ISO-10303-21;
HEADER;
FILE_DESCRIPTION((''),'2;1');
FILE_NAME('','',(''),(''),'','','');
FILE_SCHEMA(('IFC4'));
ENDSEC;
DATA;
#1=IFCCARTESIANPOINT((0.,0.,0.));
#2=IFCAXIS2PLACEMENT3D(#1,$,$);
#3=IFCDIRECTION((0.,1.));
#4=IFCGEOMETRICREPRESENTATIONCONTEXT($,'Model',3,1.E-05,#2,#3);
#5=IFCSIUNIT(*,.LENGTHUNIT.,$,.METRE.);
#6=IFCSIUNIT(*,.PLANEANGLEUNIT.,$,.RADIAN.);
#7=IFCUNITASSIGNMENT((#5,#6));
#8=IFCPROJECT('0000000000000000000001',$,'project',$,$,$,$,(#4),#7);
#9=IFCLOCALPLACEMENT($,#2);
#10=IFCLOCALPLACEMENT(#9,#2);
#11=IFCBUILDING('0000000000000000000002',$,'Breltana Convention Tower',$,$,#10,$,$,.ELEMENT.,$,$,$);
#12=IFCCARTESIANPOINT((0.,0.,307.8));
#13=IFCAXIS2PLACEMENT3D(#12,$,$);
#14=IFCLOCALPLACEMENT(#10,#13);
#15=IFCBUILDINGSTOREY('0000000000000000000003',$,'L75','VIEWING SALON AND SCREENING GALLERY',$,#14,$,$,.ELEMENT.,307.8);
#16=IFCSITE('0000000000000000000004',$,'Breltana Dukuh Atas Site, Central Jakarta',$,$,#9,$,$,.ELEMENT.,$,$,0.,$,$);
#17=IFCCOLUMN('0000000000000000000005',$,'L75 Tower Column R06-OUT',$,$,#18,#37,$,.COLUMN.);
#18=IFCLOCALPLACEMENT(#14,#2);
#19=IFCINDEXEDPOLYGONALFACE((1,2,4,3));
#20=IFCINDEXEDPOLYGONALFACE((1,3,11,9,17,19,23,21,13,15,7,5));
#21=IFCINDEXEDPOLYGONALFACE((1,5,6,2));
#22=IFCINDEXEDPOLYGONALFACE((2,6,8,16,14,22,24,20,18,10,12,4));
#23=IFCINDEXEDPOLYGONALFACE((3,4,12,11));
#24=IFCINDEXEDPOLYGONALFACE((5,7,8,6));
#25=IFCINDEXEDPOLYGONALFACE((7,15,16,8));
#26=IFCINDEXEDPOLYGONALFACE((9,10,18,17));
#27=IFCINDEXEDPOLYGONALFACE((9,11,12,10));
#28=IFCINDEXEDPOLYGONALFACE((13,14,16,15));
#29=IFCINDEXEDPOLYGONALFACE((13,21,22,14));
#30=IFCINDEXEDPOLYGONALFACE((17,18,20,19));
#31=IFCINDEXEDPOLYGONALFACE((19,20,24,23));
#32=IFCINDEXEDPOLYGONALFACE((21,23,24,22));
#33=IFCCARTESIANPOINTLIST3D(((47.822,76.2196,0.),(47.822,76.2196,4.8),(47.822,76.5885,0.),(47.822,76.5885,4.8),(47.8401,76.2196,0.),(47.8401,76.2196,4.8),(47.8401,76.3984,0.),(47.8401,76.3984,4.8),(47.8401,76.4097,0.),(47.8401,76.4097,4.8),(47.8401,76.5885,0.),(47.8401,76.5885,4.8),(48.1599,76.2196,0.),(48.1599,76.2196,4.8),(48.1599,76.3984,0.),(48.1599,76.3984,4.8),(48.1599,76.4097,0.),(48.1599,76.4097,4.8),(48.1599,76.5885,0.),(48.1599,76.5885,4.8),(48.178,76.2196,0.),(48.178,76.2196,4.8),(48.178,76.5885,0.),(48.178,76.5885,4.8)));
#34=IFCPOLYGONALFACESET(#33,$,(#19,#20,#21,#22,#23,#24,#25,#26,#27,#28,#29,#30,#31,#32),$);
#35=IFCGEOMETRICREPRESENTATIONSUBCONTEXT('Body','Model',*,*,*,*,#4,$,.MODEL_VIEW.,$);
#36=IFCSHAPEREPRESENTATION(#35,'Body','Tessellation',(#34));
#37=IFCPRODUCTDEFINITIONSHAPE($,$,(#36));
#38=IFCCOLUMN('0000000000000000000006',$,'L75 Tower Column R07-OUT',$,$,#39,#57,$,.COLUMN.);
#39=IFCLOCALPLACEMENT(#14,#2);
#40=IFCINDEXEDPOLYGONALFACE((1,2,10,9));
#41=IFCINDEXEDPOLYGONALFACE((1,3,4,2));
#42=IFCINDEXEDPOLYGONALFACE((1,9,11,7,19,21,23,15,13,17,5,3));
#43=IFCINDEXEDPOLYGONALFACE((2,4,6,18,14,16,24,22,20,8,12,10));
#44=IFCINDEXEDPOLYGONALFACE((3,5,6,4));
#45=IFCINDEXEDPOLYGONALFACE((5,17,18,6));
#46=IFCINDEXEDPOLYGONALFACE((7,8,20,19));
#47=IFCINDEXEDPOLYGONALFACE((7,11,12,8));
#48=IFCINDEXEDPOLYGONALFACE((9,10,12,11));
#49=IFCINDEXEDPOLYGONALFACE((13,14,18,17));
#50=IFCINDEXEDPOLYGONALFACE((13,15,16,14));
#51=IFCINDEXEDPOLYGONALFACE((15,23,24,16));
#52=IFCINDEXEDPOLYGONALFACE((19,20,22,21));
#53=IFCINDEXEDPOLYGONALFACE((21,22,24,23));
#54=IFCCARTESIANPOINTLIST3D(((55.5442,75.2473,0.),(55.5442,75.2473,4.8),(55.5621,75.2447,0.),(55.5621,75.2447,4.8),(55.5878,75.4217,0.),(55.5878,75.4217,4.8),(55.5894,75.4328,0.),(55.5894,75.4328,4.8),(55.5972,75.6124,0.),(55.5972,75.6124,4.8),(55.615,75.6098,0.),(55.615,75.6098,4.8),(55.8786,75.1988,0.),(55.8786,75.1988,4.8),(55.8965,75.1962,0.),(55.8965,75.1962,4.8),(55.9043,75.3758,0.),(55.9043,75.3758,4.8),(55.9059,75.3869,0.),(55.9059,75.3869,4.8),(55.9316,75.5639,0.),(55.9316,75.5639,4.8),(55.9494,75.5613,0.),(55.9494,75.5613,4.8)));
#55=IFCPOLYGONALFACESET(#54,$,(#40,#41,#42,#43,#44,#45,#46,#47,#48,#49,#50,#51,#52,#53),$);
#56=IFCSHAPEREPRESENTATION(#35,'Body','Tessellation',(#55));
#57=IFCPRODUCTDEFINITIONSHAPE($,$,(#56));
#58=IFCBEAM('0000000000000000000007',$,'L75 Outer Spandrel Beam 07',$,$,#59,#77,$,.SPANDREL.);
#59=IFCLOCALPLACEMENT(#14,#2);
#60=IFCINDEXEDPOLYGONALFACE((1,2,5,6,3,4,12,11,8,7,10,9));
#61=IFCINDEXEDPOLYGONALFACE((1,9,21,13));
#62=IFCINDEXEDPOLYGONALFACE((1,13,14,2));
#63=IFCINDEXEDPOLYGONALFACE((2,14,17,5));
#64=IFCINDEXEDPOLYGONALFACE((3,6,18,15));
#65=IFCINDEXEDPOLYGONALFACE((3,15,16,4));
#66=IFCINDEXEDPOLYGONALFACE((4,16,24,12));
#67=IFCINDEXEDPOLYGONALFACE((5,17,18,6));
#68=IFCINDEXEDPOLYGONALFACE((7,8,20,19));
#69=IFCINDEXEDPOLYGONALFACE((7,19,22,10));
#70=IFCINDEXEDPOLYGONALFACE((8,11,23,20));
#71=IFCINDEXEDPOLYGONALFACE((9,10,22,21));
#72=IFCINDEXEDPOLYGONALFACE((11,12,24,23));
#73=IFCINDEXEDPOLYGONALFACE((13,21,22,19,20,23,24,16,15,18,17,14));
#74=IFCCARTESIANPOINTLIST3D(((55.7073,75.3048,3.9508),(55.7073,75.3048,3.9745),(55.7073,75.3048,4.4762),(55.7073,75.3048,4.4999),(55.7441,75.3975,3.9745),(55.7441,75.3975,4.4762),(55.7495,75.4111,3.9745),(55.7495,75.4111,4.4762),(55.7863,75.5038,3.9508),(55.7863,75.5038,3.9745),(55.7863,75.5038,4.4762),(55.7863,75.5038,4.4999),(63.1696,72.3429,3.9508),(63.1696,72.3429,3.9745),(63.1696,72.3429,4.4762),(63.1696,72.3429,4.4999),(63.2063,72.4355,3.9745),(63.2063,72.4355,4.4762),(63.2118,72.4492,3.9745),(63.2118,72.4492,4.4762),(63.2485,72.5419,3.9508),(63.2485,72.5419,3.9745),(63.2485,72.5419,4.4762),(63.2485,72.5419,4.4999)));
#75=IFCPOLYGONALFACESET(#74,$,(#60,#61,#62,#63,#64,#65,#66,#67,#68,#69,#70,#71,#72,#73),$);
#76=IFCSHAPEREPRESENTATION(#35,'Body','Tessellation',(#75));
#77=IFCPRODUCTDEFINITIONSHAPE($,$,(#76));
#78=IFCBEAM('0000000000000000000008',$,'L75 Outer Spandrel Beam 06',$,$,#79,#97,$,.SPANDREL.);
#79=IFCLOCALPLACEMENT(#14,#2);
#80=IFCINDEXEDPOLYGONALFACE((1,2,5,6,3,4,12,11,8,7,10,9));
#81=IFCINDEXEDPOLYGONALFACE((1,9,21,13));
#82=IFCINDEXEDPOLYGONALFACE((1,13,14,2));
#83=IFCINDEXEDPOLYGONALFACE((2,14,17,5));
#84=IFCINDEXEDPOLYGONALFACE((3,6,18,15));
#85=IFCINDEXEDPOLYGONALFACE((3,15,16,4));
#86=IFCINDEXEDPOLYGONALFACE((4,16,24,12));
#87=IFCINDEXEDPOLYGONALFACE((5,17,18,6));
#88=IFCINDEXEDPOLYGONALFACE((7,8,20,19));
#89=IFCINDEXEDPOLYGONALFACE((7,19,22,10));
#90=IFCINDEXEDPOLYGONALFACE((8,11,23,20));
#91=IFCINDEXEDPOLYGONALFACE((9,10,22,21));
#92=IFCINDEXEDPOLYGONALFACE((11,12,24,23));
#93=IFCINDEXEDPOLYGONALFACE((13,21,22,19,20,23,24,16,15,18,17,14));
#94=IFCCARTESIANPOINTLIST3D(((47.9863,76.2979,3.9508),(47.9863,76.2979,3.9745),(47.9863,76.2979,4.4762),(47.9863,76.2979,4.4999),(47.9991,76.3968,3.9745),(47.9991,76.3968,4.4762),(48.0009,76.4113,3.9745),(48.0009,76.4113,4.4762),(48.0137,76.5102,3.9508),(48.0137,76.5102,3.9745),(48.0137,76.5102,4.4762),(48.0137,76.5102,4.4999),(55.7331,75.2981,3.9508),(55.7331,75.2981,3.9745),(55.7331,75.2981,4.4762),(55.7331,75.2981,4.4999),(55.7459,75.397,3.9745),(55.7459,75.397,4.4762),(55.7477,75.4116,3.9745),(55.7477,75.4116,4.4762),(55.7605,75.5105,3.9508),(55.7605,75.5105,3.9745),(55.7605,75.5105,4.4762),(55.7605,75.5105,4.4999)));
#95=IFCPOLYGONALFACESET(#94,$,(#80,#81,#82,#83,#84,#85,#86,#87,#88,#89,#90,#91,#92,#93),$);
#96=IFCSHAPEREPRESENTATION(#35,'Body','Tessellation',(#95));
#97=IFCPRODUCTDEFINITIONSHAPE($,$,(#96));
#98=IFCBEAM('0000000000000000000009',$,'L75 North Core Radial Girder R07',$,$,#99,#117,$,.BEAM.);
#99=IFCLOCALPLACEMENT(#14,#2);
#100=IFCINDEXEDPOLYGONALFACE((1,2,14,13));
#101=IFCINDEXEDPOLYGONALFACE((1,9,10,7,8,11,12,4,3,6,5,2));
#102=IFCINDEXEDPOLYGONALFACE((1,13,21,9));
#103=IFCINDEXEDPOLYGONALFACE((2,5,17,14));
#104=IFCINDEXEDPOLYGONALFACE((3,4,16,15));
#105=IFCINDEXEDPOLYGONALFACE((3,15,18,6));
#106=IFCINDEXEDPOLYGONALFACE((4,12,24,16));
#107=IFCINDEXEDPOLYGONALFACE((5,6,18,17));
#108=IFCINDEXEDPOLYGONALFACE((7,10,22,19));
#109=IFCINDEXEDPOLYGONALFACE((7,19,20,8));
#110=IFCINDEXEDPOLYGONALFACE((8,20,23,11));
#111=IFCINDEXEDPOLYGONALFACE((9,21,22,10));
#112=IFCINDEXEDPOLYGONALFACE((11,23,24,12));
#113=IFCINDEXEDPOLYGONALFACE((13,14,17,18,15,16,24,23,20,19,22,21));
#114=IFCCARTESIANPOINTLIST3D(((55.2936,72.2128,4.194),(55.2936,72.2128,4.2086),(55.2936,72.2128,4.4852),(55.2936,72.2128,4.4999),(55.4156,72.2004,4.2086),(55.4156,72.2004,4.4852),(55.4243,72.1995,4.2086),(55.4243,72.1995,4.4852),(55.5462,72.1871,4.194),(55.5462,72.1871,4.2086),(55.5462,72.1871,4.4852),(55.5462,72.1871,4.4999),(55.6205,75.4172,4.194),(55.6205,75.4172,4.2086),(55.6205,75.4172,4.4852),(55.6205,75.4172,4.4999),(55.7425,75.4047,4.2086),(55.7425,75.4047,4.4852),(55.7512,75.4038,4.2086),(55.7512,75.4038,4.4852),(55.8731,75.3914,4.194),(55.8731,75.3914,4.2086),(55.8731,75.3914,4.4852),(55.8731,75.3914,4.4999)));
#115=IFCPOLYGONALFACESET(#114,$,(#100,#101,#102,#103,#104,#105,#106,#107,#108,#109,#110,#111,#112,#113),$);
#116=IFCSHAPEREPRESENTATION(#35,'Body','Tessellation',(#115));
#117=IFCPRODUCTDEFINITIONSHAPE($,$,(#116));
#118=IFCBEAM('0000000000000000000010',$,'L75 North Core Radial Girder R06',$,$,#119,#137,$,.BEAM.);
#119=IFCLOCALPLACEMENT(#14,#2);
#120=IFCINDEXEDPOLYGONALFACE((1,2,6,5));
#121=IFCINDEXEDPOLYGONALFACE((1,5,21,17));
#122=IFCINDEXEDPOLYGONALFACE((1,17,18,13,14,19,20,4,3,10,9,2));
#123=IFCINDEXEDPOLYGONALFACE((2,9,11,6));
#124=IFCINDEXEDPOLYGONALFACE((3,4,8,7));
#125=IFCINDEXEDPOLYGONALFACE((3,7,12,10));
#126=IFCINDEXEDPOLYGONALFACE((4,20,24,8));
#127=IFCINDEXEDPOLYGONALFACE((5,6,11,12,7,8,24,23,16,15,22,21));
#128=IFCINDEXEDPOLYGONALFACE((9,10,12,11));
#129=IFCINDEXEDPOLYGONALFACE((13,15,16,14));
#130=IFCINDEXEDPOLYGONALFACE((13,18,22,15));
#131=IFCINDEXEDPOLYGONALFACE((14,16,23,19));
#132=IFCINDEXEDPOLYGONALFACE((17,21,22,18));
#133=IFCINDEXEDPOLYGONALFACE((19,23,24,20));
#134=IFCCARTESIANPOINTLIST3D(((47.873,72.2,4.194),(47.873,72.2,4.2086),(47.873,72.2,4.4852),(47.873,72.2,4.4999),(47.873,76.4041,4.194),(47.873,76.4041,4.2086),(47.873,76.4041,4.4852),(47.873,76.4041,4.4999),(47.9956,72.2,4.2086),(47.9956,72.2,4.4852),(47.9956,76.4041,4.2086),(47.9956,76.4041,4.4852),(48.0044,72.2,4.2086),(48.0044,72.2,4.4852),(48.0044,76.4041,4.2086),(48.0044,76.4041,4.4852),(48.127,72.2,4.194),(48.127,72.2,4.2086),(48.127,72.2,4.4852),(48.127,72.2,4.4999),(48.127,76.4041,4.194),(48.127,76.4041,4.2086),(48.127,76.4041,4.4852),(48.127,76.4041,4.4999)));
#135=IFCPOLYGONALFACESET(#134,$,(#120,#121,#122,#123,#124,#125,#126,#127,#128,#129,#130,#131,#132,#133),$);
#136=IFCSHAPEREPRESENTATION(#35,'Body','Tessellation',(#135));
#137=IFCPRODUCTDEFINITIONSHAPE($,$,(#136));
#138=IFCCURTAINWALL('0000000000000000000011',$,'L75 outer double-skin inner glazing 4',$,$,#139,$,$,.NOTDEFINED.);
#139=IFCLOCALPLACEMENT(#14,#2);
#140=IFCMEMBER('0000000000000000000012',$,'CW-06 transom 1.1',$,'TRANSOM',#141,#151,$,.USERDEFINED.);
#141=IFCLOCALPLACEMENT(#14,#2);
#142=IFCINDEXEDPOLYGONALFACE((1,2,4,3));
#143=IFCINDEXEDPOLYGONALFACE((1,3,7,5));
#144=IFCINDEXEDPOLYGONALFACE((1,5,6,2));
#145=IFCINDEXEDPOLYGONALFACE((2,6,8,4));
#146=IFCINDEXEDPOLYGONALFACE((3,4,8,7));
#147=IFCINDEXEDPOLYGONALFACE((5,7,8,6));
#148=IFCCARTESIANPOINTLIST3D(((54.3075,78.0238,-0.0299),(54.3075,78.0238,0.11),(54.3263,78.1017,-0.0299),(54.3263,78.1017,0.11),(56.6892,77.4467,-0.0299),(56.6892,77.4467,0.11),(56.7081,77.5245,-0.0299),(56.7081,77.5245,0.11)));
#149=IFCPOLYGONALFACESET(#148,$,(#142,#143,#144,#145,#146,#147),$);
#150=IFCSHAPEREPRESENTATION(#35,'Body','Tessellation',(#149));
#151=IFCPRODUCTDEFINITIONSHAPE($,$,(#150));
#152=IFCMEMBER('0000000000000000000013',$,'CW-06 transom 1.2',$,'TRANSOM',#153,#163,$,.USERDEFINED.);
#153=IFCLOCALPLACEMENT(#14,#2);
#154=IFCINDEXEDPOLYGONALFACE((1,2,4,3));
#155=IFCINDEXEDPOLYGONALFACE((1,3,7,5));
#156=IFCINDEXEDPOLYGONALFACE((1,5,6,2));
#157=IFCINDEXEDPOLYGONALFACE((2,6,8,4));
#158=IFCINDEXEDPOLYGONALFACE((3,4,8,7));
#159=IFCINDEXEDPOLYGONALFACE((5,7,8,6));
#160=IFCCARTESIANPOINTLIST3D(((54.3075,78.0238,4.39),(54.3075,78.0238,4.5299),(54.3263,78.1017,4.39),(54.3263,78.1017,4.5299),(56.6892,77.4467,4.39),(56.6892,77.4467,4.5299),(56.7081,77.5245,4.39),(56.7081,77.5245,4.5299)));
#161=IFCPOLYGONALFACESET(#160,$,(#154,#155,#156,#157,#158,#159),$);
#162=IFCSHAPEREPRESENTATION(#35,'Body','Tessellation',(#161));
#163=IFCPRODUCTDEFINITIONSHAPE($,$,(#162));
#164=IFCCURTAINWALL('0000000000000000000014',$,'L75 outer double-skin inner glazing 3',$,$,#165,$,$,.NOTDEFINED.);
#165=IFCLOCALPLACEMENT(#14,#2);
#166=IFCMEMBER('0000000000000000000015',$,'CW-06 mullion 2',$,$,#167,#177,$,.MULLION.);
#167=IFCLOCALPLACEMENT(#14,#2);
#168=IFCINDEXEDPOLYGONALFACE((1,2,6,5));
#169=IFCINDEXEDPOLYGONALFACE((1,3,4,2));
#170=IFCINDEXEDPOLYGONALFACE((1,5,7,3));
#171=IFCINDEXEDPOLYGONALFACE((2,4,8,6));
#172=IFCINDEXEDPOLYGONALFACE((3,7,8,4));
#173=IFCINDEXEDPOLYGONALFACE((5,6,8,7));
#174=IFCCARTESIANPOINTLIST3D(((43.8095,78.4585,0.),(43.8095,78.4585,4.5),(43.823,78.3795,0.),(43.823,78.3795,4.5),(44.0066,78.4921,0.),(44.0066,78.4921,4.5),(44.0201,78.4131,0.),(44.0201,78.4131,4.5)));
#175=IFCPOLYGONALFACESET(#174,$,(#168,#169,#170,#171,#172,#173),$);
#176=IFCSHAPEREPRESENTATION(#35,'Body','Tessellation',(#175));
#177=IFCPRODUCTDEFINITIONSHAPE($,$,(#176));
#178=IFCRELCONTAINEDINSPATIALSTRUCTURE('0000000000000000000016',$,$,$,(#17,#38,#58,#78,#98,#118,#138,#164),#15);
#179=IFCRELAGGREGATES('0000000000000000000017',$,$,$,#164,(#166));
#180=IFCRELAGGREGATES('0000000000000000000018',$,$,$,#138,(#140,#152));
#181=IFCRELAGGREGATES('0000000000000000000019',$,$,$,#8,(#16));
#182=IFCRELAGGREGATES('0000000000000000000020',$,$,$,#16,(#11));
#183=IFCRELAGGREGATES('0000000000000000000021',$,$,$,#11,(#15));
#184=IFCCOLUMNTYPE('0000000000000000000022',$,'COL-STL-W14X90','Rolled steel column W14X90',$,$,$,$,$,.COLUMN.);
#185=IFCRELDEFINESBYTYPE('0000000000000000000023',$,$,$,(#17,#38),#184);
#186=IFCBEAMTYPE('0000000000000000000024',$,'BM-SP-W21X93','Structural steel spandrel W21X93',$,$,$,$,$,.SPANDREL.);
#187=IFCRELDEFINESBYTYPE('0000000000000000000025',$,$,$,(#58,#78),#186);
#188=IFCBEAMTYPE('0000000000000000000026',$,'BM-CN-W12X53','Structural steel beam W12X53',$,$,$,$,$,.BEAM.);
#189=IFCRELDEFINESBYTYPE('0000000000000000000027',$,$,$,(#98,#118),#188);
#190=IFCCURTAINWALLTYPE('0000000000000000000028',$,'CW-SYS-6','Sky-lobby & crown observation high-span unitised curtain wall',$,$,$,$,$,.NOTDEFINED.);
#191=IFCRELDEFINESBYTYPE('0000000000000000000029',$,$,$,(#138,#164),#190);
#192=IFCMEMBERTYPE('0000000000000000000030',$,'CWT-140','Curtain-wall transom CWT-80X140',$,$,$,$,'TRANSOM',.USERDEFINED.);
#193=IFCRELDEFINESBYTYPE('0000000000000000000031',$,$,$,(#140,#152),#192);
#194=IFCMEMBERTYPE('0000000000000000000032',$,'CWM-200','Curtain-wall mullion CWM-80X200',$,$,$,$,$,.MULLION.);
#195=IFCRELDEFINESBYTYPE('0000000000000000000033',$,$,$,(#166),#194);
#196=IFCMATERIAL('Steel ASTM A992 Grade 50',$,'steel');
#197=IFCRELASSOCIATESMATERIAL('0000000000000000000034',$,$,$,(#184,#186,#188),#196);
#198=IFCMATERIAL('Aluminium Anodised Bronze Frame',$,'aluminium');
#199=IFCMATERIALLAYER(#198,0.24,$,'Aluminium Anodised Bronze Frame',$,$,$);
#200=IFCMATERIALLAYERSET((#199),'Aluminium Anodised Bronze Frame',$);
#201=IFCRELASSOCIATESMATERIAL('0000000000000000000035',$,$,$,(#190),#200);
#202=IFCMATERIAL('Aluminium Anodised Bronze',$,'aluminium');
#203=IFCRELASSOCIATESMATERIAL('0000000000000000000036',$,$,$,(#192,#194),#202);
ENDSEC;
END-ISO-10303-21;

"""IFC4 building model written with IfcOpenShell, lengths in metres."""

from ifc_helpers import new_model, si_unit, direction, frame, origin, origin_2d, place, context, subcontext, project, spatial, rectangle, i_section, extrude, source, transform, mapped, material, layer, layer_set, material_profile, profile_set, type_object, type_shapes, element, aggregate, save


model = new_model("IFC4")

# Units and contexts
model_context = context("Model", 3, precision=1e-05, world=origin(), true_north=direction((0.0, 1.0)))
body_context = subcontext(model_context, "Body", "Model", "MODEL_VIEW")
ifc_project = project(units=[si_unit("LENGTHUNIT", "METRE"), si_unit("PLANEANGLEUNIT", "RADIAN")], contexts=[model_context])

# Site, building, storey
site_placement = place(None, origin())
site = spatial("IfcSite", under=ifc_project, at=site_placement, Name="Breltana Dukuh Atas Site, Central Jakarta", CompositionType="ELEMENT", RefElevation=0.0)
building_placement = place(site_placement, origin())
building = spatial("IfcBuilding", under=site, at=building_placement, Name="Breltana Convention Tower", CompositionType="ELEMENT")
storey_placement = place(building_placement, frame((0.0, 0.0, 307.8)))
storey = spatial("IfcBuildingStorey", under=building, at=storey_placement, Name="L75", Description="VIEWING SALON AND SCREENING GALLERY", CompositionType="ELEMENT", Elevation=307.8)

# Columns
ifc_material_1 = material(Name="Steel ASTM A992 Grade 50", Category="steel")
ifc_material_profile_1 = material_profile(ifc_material_1, i_section(OverallWidth=0.3689, OverallDepth=0.356, WebThickness=0.0112, FlangeThickness=0.0181, at=origin_2d()), Name="W14X90")
ifc_profile_set_1 = profile_set([ifc_material_profile_1], Name="Steel ASTM A992 Grade 50")
column_type = type_object("IfcColumnType", Name="COL-STL-W14X90", Description="Rolled steel column W14X90", PredefinedType="COLUMN", material=ifc_profile_set_1)
shared_shape_1 = source(origin(), body_context, "Body", "SweptSolid", [
    extrude(i_section(OverallWidth=0.3689, OverallDepth=0.356, WebThickness=0.0112, FlangeThickness=0.0181, at=origin_2d()), origin(), (0.0, 0.0, 1.0), 4.8),
])
type_shapes(column_type, [shared_shape_1])
for number, where, z_axis, x_axis, name in (
    (1, (48.0, 76.4041, 0.0), (0.0, 0.0, 1.0), (0.0, 1.0, 0.0), "L75 Tower Column R06-OUT"),
    (2, (55.7468, 75.4043, 0.0), (0.0, 0.0, 1.0), (0.143493, 0.989651, 0.0), "L75 Tower Column R07-OUT"),
):
    element("IfcColumn", number, at=place(storey_placement, frame(where, z_axis=z_axis, x_axis=x_axis)), inside=storey, type_object=column_type, Name=name, PredefinedType="COLUMN", context=body_context, shape_type="MappedRepresentation", body=[
        mapped(shared_shape_1, transform((0.0, 0.0, 0.0), scale=1.0)),
    ])

# Beams
ifc_material_profile_2 = material_profile(ifc_material_1, i_section(OverallWidth=0.2141, OverallDepth=0.5491, WebThickness=0.0146, FlangeThickness=0.0237, at=origin_2d()), Name="W21X93")
ifc_profile_set_2 = profile_set([ifc_material_profile_2], Name="Steel ASTM A992 Grade 50")
beam_type_1 = type_object("IfcBeamType", Name="BM-SP-W21X93", Description="Structural steel spandrel W21X93", PredefinedType="SPANDREL", material=ifc_profile_set_2)
shared_shape_2 = source(origin(), body_context, "Body", "SweptSolid", [
    extrude(i_section(OverallWidth=0.2141, OverallDepth=0.5491, WebThickness=0.0146, FlangeThickness=0.0237, at=origin_2d()), origin(), (0.0, 0.0, 1.0), 8.0286),
])
beam_1_placement = place(storey_placement, frame((55.7468, 75.4043, 4.2253), z_axis=(0.929459, -0.368925, 0.0), x_axis=(0.368925, 0.929459, 0.0)))
element("IfcBeam", 3, at=beam_1_placement, inside=storey, type_object=beam_type_1, Name="L75 Outer Spandrel Beam 07", PredefinedType="SPANDREL", context=body_context, shape_type="MappedRepresentation", body=[
    mapped(shared_shape_2, transform((0.0, 0.0, 0.0), scale=1.0)),
])
shared_shape_3 = source(origin(), body_context, "Body", "SweptSolid", [
    extrude(i_section(OverallWidth=0.2141, OverallDepth=0.5491, WebThickness=0.0146, FlangeThickness=0.0237, at=origin_2d()), origin(), (0.0, 0.0, 1.0), 7.811),
])
beam_2_placement = place(storey_placement, frame((48.0, 76.4041, 4.2253), z_axis=(0.991775, -0.127992, 0.0), x_axis=(0.127992, 0.991775, 0.0)))
element("IfcBeam", 4, at=beam_2_placement, inside=storey, type_object=beam_type_1, Name="L75 Outer Spandrel Beam 06", PredefinedType="SPANDREL", context=body_context, shape_type="MappedRepresentation", body=[
    mapped(shared_shape_3, transform((0.0, 0.0, 0.0), scale=1.0)),
])
ifc_material_profile_3 = material_profile(ifc_material_1, i_section(OverallWidth=0.2539, OverallDepth=0.3059, WebThickness=0.0088, FlangeThickness=0.0146, at=origin_2d()), Name="W12X53")
ifc_profile_set_3 = profile_set([ifc_material_profile_3], Name="Steel ASTM A992 Grade 50")
beam_type_2 = type_object("IfcBeamType", Name="BM-CN-W12X53", Description="Structural steel beam W12X53", PredefinedType="BEAM", material=ifc_profile_set_3)
shared_shape_4 = source(origin(), body_context, "Body", "SweptSolid", [
    extrude(i_section(OverallWidth=0.2539, OverallDepth=0.3059, WebThickness=0.0088, FlangeThickness=0.0146, at=origin_2d()), origin(), (0.0, 0.0, 1.0), 3.2209),
])
beam_3_placement = place(storey_placement, frame((55.4199, 72.2, 4.3469), z_axis=(0.101492, 0.994836, 0.0), x_axis=(-0.994836, 0.101492, 0.0)))
element("IfcBeam", 5, at=beam_3_placement, inside=storey, type_object=beam_type_2, Name="L75 North Core Radial Girder R07", PredefinedType="BEAM", context=body_context, shape_type="MappedRepresentation", body=[
    mapped(shared_shape_4, transform((0.0, 0.0, 0.0), scale=1.0)),
])
shared_shape_5 = source(origin(), body_context, "Body", "SweptSolid", [
    extrude(i_section(OverallWidth=0.2539, OverallDepth=0.3059, WebThickness=0.0088, FlangeThickness=0.0146, at=origin_2d()), origin(), (0.0, 0.0, 1.0), 4.2041),
])
beam_4_placement = place(storey_placement, frame((48.0, 72.2, 4.3469), z_axis=(0.0, 1.0, 0.0), x_axis=(-1.0, 0.0, 0.0)))
element("IfcBeam", 6, at=beam_4_placement, inside=storey, type_object=beam_type_2, Name="L75 North Core Radial Girder R06", PredefinedType="BEAM", context=body_context, shape_type="MappedRepresentation", body=[
    mapped(shared_shape_5, transform((0.0, 0.0, 0.0), scale=1.0)),
])

# Curtain wall, members
ifc_material_2 = material(Name="Aluminium Anodised Bronze Frame", Category="aluminium")
ifc_layer_1 = layer(ifc_material_2, 0.24, Name="Aluminium Anodised Bronze Frame")
ifc_layer_set_1 = layer_set([ifc_layer_1], Name="Aluminium Anodised Bronze Frame")
curtain_wall_type = type_object("IfcCurtainWallType", Name="CW-SYS-6", Description="Sky-lobby & crown observation high-span unitised curtain wall", PredefinedType="NOTDEFINED", material=ifc_layer_set_1)
curtain_wall_1_placement = place(storey_placement, origin())
curtain_wall_1 = element("IfcCurtainWall", 7, at=curtain_wall_1_placement, inside=storey, type_object=curtain_wall_type, Name="L75 outer double-skin inner glazing 4", PredefinedType="NOTDEFINED")
ifc_material_3 = material(Name="Aluminium Anodised Bronze", Category="aluminium")
ifc_material_profile_4 = material_profile(ifc_material_3, rectangle(XDim=0.0801, YDim=0.1399, at=origin_2d()), Name="CWT-80X140")
ifc_profile_set_4 = profile_set([ifc_material_profile_4], Name="Aluminium Anodised Bronze")
member_type_1 = type_object("IfcMemberType", Name="CWT-140", Description="Curtain-wall transom CWT-80X140", ElementType="TRANSOM", PredefinedType="USERDEFINED", material=ifc_profile_set_4)
shared_shape_6 = source(origin(), body_context, "Body", "SweptSolid", [
    extrude(rectangle(XDim=0.0801, YDim=0.1399, at=origin_2d()), origin(), (0.0, 0.0, 1.0), 2.4507),
])
member_1_placement = place(storey_placement, frame((54.3169, 78.0627, 0.04), z_axis=(0.971875, -0.235497, 0.0), x_axis=(0.235497, 0.971875, 0.0)))
member_1 = element("IfcMember", 8, at=member_1_placement, type_object=member_type_1, Name="CW-06 transom 1.1", ObjectType="TRANSOM", PredefinedType="USERDEFINED", context=body_context, shape_type="MappedRepresentation", body=[
    mapped(shared_shape_6, transform((0.0, 0.0, 0.0), scale=1.0)),
])
member_2_placement = place(storey_placement, frame((54.3169, 78.0627, 4.46), z_axis=(0.971875, -0.235497, 0.0), x_axis=(0.235497, 0.971875, 0.0)))
member_2 = element("IfcMember", 9, at=member_2_placement, type_object=member_type_1, Name="CW-06 transom 1.2", ObjectType="TRANSOM", PredefinedType="USERDEFINED", context=body_context, shape_type="MappedRepresentation", body=[
    mapped(shared_shape_6, transform((0.0, 0.0, 0.0), scale=1.0)),
])

# Curtain wall, member
curtain_wall_2_placement = place(storey_placement, origin())
curtain_wall_2 = element("IfcCurtainWall", 10, at=curtain_wall_2_placement, inside=storey, type_object=curtain_wall_type, Name="L75 outer double-skin inner glazing 3", PredefinedType="NOTDEFINED")
ifc_material_profile_5 = material_profile(ifc_material_3, rectangle(XDim=0.0801, YDim=0.2, at=origin_2d()), Name="CWM-80X200")
ifc_profile_set_5 = profile_set([ifc_material_profile_5], Name="Aluminium Anodised Bronze")
member_type_2 = type_object("IfcMemberType", Name="CWM-200", Description="Curtain-wall mullion CWM-80X200", PredefinedType="MULLION", material=ifc_profile_set_5)
shared_shape_7 = source(origin(), body_context, "Body", "SweptSolid", [
    extrude(rectangle(XDim=0.0801, YDim=0.2, at=origin_2d()), origin(), (0.0, 0.0, 1.0), 4.5),
])
member_3_placement = place(storey_placement, frame((43.9148, 78.4358, 0.0), z_axis=(0.0, 0.0, 1.0), x_axis=(-0.168017, 0.985784, 0.0)))
member_3 = element("IfcMember", 11, at=member_3_placement, type_object=member_type_2, Name="CW-06 mullion 2", PredefinedType="MULLION", context=body_context, shape_type="MappedRepresentation", body=[
    mapped(shared_shape_7, transform((0.0, 0.0, 0.0), scale=1.0)),
])
aggregate(curtain_wall_2, [member_3])

aggregate(curtain_wall_1, [member_1, member_2])

save(model, "model.ifc")
